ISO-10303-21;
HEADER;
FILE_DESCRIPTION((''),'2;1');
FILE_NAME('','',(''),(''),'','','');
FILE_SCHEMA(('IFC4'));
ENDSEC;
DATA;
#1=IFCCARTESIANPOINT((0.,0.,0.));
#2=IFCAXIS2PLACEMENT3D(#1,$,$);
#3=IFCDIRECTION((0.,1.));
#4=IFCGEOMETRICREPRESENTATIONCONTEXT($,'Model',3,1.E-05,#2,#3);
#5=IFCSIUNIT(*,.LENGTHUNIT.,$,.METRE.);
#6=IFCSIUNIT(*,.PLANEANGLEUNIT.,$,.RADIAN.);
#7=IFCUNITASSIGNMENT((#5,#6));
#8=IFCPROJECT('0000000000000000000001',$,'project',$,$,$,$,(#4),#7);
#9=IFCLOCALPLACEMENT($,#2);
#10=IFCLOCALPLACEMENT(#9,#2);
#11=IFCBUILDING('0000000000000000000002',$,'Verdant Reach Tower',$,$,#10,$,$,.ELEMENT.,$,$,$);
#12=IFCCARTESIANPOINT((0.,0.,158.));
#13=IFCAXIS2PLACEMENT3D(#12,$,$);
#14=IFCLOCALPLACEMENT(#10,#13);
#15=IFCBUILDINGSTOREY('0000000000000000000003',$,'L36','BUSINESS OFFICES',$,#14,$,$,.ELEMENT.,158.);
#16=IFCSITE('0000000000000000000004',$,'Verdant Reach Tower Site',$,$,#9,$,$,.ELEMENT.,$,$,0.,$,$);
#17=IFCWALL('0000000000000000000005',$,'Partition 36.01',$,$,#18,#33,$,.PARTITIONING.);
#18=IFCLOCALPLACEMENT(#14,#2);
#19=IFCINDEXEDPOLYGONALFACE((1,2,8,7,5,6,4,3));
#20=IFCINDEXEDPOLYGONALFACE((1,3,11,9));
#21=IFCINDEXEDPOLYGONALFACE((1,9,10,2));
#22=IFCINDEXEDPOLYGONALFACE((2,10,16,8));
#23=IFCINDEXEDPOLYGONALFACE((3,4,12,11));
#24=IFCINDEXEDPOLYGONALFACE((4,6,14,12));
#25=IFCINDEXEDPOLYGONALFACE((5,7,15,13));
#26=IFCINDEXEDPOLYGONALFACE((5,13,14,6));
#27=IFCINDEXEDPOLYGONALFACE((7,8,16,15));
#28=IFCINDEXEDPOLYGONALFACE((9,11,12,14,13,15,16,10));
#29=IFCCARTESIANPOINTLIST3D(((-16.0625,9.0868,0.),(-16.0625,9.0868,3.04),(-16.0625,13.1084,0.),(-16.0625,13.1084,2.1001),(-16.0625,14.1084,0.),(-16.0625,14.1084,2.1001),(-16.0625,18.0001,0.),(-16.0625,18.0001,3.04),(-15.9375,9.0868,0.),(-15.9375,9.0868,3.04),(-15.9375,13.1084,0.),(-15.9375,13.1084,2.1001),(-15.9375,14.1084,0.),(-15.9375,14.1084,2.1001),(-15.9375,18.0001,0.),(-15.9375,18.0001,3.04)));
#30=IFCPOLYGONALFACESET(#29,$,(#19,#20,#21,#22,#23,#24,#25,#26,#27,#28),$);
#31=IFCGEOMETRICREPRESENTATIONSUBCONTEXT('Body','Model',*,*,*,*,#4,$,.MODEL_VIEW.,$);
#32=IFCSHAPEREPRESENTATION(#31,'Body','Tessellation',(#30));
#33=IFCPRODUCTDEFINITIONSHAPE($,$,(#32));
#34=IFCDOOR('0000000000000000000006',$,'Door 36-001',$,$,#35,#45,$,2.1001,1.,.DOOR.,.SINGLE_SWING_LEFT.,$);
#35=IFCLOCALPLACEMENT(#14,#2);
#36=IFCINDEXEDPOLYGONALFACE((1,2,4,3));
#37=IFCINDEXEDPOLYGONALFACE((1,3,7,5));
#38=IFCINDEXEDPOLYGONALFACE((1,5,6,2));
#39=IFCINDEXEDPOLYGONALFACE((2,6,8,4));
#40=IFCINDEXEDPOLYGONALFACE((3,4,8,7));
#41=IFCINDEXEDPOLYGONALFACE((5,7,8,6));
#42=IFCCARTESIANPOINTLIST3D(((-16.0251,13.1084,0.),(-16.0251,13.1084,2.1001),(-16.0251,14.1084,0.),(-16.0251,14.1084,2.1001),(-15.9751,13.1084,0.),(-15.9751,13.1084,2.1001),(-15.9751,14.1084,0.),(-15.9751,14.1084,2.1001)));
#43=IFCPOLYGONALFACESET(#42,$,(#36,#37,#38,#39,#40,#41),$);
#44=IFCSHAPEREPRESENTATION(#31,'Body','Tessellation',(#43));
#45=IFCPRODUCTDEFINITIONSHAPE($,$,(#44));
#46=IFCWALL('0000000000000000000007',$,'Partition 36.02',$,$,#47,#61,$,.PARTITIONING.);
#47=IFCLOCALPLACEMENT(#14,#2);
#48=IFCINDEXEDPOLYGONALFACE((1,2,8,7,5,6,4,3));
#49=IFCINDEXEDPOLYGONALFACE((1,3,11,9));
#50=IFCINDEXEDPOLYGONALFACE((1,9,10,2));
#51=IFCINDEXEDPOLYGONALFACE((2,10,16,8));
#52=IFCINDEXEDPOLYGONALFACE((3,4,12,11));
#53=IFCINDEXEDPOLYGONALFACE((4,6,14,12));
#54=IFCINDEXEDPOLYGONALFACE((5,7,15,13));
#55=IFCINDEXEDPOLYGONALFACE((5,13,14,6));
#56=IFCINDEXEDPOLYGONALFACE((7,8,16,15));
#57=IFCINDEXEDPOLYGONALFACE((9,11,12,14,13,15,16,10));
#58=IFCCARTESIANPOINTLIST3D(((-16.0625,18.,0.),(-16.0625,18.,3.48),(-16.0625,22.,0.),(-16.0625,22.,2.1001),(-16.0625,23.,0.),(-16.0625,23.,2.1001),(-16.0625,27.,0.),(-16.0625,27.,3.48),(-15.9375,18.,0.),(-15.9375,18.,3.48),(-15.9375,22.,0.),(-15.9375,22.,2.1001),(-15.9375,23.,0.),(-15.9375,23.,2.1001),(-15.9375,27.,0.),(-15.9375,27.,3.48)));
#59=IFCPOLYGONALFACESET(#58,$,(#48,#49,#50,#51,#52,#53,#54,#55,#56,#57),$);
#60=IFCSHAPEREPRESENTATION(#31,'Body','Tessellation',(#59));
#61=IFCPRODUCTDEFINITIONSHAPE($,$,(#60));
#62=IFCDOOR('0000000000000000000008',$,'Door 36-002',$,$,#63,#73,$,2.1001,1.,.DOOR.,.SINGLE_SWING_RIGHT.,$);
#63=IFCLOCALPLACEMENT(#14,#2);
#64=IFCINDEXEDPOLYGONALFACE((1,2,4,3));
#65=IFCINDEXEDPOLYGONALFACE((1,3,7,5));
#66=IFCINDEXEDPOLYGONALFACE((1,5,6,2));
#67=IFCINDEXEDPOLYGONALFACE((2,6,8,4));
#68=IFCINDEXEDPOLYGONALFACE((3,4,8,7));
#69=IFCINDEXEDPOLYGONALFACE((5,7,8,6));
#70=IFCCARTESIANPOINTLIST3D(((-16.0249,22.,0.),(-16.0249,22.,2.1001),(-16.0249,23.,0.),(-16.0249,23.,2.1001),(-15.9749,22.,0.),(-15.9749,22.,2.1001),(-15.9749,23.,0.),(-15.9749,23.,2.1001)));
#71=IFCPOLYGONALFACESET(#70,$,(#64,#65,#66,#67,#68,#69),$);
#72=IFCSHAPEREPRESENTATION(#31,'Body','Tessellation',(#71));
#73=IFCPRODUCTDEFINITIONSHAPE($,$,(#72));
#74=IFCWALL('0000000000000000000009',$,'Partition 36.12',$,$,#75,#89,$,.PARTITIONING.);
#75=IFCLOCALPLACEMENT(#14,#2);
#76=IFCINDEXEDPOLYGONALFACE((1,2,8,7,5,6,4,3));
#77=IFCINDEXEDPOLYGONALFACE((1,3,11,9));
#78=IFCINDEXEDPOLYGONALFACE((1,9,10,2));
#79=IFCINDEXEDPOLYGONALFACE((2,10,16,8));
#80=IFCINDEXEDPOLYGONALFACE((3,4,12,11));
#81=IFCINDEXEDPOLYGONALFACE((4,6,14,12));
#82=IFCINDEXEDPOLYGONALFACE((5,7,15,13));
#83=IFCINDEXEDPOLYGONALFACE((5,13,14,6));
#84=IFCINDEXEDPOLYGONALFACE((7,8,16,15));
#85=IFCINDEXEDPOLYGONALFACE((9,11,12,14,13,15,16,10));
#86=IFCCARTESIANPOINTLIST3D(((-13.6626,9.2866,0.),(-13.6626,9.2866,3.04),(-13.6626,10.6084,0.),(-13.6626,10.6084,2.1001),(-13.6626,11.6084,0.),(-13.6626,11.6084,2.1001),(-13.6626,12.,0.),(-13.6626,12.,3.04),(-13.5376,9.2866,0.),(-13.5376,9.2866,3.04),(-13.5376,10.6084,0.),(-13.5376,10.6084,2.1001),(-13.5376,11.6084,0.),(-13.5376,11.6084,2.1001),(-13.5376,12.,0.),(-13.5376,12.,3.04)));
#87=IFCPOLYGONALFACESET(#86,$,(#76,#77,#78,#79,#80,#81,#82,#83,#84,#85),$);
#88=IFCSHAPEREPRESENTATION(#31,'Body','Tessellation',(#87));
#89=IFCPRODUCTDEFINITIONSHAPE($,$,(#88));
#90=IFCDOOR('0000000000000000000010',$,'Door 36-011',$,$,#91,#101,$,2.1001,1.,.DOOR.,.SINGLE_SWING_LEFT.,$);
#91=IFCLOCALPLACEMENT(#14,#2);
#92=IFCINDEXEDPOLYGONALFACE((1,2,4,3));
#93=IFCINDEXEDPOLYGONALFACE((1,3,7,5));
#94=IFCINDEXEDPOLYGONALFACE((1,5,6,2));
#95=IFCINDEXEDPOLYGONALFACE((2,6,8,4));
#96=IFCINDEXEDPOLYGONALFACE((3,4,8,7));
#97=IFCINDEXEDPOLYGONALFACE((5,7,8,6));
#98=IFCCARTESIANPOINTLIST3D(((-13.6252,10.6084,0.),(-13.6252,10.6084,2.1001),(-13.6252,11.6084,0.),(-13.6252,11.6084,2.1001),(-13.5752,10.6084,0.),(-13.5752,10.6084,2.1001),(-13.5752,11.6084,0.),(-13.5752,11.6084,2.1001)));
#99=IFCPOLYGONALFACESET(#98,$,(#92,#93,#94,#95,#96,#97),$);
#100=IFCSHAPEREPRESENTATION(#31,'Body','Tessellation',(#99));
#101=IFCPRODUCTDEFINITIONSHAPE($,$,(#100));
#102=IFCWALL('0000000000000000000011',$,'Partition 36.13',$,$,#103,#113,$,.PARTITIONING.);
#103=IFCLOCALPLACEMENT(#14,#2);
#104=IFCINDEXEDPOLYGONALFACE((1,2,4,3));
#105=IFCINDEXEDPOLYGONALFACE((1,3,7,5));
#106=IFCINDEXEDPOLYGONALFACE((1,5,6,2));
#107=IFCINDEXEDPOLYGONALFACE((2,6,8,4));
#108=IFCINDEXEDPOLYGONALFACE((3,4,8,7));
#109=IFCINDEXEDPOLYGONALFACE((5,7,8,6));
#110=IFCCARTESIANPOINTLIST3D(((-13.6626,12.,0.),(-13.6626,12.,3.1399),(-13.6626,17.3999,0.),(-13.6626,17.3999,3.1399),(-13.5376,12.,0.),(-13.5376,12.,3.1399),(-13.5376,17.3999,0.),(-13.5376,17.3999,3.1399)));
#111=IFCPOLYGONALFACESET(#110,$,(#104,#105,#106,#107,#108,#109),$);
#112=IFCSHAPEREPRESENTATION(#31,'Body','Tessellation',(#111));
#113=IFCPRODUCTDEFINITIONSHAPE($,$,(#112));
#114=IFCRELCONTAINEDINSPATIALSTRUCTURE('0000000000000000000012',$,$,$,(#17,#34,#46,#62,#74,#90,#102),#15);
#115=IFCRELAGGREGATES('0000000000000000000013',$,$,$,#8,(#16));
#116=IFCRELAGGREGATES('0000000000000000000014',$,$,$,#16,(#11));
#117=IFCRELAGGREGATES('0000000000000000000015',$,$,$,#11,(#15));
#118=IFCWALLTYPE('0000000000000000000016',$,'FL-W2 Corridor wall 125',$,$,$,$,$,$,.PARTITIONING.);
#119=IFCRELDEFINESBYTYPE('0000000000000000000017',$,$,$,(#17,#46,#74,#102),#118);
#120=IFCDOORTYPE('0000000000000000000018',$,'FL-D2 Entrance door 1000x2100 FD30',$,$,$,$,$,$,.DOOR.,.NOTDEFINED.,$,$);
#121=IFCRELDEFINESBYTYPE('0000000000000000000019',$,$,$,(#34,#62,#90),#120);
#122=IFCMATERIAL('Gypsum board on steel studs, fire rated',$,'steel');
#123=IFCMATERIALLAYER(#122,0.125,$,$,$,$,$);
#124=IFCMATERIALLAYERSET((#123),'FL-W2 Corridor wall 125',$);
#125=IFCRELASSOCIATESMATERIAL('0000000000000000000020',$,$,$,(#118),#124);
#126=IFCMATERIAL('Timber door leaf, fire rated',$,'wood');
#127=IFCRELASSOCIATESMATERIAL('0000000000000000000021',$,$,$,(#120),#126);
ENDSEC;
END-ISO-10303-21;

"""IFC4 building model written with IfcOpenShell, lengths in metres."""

from ifc_helpers import new_model, si_unit, direction, frame, frame_2d, origin, place, context, subcontext, project, spatial, rectangle, extrude, material, layer, layer_set, type_object, element, fill, save


model = new_model("IFC4")

# Units and contexts
model_context = context("Model", 3, precision=1e-05, world=origin(), true_north=direction((0.0, 1.0)))
body_context = subcontext(model_context, "Body", "Model", "MODEL_VIEW")
ifc_project = project(units=[si_unit("LENGTHUNIT", "METRE"), si_unit("PLANEANGLEUNIT", "RADIAN")], contexts=[model_context])

# Site, building, storey
site_placement = place(None, origin())
site = spatial("IfcSite", under=ifc_project, at=site_placement, Name="Verdant Reach Tower Site", CompositionType="ELEMENT", RefElevation=0.0)
building_placement = place(site_placement, origin())
building = spatial("IfcBuilding", under=site, at=building_placement, Name="Verdant Reach Tower", CompositionType="ELEMENT")
storey_placement = place(building_placement, frame((0.0, 0.0, 158.0)))
storey = spatial("IfcBuildingStorey", under=building, at=storey_placement, Name="L36", Description="BUSINESS OFFICES", CompositionType="ELEMENT", Elevation=158.0)

# Walls, openings, doors
ifc_material_1 = material(Name="Gypsum board on steel studs, fire rated", Category="steel")
ifc_layer_1 = layer(ifc_material_1, 0.125)
ifc_layer_set_1 = layer_set([ifc_layer_1], Name="FL-W2 Corridor wall 125")
wall_type = type_object("IfcWallType", Name="FL-W2 Corridor wall 125", PredefinedType="PARTITIONING", material=ifc_layer_set_1)
wall_1_placement = place(storey_placement, frame((-16.0, 18.0, 0.0), z_axis=(0.0, 0.0, 1.0), x_axis=(0.0, -1.0, 0.0)))
wall_1 = element("IfcWall", 1, at=wall_1_placement, inside=storey, type_object=wall_type, Name="Partition 36.01", PredefinedType="PARTITIONING", context=body_context, shape_type="SweptSolid", body=[
    extrude(rectangle(XDim=8.9133, YDim=0.125, at=frame_2d((4.4565, 0.0))), origin(), (0.0, 0.0, 1.0), 3.04),
])
opening_1_placement = place(wall_1_placement, frame((3.8916, 0.0, 0.0)))
opening_1 = element("IfcOpeningElement", 2, at=opening_1_placement, cuts=wall_1, PredefinedType="OPENING", context=body_context, shape_type="SweptSolid", body=[
    extrude(rectangle(XDim=1.0, YDim=2.1001, at=frame_2d((0.5, 1.05))), frame((0.0, 0.0725, 0.0), z_axis=(0.0, -1.0, 0.0), x_axis=(1.0, 0.0, 0.0)), (0.0, 0.0, 1.0), 0.145),
])
ifc_material_2 = material(Name="Timber door leaf, fire rated", Category="wood")
door_type = type_object("IfcDoorType", Name="FL-D2 Entrance door 1000x2100 FD30", OperationType="NOTDEFINED", PredefinedType="DOOR", material=ifc_material_2)
door_1_placement = place(opening_1_placement, origin())
door_1 = element("IfcDoor", 3, at=door_1_placement, inside=storey, type_object=door_type, Name="Door 36-001", OperationType="SINGLE_SWING_LEFT", OverallHeight=2.1001, OverallWidth=1.0, PredefinedType="DOOR", context=body_context, shape_type="SweptSolid", body=[
    extrude(rectangle(XDim=1.0, YDim=2.1001, at=frame_2d((0.5, 1.05))), frame((0.0, 0.0249, 0.0), z_axis=(0.0, -1.0, 0.0), x_axis=(1.0, 0.0, 0.0)), (0.0, 0.0, 1.0), 0.05),
])
fill(opening_1, door_1)
wall_2_placement = place(storey_placement, frame((-16.0, 18.0, 0.0), z_axis=(0.0, 0.0, 1.0), x_axis=(0.0, 1.0, 0.0)))
wall_2 = element("IfcWall", 4, at=wall_2_placement, inside=storey, type_object=wall_type, Name="Partition 36.02", PredefinedType="PARTITIONING", context=body_context, shape_type="SweptSolid", body=[
    extrude(rectangle(XDim=9.0, YDim=0.125, at=frame_2d((4.5, 0.0))), origin(), (0.0, 0.0, 1.0), 3.48),
])
opening_2_placement = place(wall_2_placement, frame((4.0, 0.0, 0.0)))
opening_2 = element("IfcOpeningElement", 5, at=opening_2_placement, cuts=wall_2, PredefinedType="OPENING", context=body_context, shape_type="SweptSolid", body=[
    extrude(rectangle(XDim=1.0, YDim=2.1001, at=frame_2d((0.5, 1.05))), frame((0.0, 0.0725, 0.0), z_axis=(0.0, -1.0, 0.0), x_axis=(1.0, 0.0, 0.0)), (0.0, 0.0, 1.0), 0.145),
])
door_2_placement = place(opening_2_placement, origin())
door_2 = element("IfcDoor", 6, at=door_2_placement, inside=storey, type_object=door_type, Name="Door 36-002", OperationType="SINGLE_SWING_RIGHT", OverallHeight=2.1001, OverallWidth=1.0, PredefinedType="DOOR", context=body_context, shape_type="SweptSolid", body=[
    extrude(rectangle(XDim=1.0, YDim=2.1001, at=frame_2d((0.5, 1.05))), frame((0.0, 0.0249, 0.0), z_axis=(0.0, -1.0, 0.0), x_axis=(1.0, 0.0, 0.0)), (0.0, 0.0, 1.0), 0.05),
])
fill(opening_2, door_2)
wall_3_placement = place(storey_placement, frame((-13.6001, 12.0, 0.0), z_axis=(0.0, 0.0, 1.0), x_axis=(0.0, -1.0, 0.0)))
wall_3 = element("IfcWall", 7, at=wall_3_placement, inside=storey, type_object=wall_type, Name="Partition 36.12", PredefinedType="PARTITIONING", context=body_context, shape_type="SweptSolid", body=[
    extrude(rectangle(XDim=2.7134, YDim=0.125, at=frame_2d((1.3567, 0.0))), origin(), (0.0, 0.0, 1.0), 3.04),
])
opening_3_placement = place(wall_3_placement, frame((0.3916, 0.0, 0.0)))
opening_3 = element("IfcOpeningElement", 8, at=opening_3_placement, cuts=wall_3, PredefinedType="OPENING", context=body_context, shape_type="SweptSolid", body=[
    extrude(rectangle(XDim=1.0, YDim=2.1001, at=frame_2d((0.5, 1.05))), frame((0.0, 0.0725, 0.0), z_axis=(0.0, -1.0, 0.0), x_axis=(1.0, 0.0, 0.0)), (0.0, 0.0, 1.0), 0.145),
])
door_3_placement = place(opening_3_placement, origin())
door_3 = element("IfcDoor", 9, at=door_3_placement, inside=storey, type_object=door_type, Name="Door 36-011", OperationType="SINGLE_SWING_LEFT", OverallHeight=2.1001, OverallWidth=1.0, PredefinedType="DOOR", context=body_context, shape_type="SweptSolid", body=[
    extrude(rectangle(XDim=1.0, YDim=2.1001, at=frame_2d((0.5, 1.05))), frame((0.0, 0.0249, 0.0), z_axis=(0.0, -1.0, 0.0), x_axis=(1.0, 0.0, 0.0)), (0.0, 0.0, 1.0), 0.05),
])
fill(opening_3, door_3)

# Wall
wall_4_placement = place(storey_placement, frame((-13.6001, 12.0, 0.0), z_axis=(0.0, 0.0, 1.0), x_axis=(0.0, 1.0, 0.0)))
element("IfcWall", 10, at=wall_4_placement, inside=storey, type_object=wall_type, Name="Partition 36.13", PredefinedType="PARTITIONING", context=body_context, shape_type="SweptSolid", body=[
    extrude(rectangle(XDim=5.3999, YDim=0.125, at=frame_2d((2.7, 0.0))), origin(), (0.0, 0.0, 1.0), 3.1399),
])

save(model, "model.ifc")
